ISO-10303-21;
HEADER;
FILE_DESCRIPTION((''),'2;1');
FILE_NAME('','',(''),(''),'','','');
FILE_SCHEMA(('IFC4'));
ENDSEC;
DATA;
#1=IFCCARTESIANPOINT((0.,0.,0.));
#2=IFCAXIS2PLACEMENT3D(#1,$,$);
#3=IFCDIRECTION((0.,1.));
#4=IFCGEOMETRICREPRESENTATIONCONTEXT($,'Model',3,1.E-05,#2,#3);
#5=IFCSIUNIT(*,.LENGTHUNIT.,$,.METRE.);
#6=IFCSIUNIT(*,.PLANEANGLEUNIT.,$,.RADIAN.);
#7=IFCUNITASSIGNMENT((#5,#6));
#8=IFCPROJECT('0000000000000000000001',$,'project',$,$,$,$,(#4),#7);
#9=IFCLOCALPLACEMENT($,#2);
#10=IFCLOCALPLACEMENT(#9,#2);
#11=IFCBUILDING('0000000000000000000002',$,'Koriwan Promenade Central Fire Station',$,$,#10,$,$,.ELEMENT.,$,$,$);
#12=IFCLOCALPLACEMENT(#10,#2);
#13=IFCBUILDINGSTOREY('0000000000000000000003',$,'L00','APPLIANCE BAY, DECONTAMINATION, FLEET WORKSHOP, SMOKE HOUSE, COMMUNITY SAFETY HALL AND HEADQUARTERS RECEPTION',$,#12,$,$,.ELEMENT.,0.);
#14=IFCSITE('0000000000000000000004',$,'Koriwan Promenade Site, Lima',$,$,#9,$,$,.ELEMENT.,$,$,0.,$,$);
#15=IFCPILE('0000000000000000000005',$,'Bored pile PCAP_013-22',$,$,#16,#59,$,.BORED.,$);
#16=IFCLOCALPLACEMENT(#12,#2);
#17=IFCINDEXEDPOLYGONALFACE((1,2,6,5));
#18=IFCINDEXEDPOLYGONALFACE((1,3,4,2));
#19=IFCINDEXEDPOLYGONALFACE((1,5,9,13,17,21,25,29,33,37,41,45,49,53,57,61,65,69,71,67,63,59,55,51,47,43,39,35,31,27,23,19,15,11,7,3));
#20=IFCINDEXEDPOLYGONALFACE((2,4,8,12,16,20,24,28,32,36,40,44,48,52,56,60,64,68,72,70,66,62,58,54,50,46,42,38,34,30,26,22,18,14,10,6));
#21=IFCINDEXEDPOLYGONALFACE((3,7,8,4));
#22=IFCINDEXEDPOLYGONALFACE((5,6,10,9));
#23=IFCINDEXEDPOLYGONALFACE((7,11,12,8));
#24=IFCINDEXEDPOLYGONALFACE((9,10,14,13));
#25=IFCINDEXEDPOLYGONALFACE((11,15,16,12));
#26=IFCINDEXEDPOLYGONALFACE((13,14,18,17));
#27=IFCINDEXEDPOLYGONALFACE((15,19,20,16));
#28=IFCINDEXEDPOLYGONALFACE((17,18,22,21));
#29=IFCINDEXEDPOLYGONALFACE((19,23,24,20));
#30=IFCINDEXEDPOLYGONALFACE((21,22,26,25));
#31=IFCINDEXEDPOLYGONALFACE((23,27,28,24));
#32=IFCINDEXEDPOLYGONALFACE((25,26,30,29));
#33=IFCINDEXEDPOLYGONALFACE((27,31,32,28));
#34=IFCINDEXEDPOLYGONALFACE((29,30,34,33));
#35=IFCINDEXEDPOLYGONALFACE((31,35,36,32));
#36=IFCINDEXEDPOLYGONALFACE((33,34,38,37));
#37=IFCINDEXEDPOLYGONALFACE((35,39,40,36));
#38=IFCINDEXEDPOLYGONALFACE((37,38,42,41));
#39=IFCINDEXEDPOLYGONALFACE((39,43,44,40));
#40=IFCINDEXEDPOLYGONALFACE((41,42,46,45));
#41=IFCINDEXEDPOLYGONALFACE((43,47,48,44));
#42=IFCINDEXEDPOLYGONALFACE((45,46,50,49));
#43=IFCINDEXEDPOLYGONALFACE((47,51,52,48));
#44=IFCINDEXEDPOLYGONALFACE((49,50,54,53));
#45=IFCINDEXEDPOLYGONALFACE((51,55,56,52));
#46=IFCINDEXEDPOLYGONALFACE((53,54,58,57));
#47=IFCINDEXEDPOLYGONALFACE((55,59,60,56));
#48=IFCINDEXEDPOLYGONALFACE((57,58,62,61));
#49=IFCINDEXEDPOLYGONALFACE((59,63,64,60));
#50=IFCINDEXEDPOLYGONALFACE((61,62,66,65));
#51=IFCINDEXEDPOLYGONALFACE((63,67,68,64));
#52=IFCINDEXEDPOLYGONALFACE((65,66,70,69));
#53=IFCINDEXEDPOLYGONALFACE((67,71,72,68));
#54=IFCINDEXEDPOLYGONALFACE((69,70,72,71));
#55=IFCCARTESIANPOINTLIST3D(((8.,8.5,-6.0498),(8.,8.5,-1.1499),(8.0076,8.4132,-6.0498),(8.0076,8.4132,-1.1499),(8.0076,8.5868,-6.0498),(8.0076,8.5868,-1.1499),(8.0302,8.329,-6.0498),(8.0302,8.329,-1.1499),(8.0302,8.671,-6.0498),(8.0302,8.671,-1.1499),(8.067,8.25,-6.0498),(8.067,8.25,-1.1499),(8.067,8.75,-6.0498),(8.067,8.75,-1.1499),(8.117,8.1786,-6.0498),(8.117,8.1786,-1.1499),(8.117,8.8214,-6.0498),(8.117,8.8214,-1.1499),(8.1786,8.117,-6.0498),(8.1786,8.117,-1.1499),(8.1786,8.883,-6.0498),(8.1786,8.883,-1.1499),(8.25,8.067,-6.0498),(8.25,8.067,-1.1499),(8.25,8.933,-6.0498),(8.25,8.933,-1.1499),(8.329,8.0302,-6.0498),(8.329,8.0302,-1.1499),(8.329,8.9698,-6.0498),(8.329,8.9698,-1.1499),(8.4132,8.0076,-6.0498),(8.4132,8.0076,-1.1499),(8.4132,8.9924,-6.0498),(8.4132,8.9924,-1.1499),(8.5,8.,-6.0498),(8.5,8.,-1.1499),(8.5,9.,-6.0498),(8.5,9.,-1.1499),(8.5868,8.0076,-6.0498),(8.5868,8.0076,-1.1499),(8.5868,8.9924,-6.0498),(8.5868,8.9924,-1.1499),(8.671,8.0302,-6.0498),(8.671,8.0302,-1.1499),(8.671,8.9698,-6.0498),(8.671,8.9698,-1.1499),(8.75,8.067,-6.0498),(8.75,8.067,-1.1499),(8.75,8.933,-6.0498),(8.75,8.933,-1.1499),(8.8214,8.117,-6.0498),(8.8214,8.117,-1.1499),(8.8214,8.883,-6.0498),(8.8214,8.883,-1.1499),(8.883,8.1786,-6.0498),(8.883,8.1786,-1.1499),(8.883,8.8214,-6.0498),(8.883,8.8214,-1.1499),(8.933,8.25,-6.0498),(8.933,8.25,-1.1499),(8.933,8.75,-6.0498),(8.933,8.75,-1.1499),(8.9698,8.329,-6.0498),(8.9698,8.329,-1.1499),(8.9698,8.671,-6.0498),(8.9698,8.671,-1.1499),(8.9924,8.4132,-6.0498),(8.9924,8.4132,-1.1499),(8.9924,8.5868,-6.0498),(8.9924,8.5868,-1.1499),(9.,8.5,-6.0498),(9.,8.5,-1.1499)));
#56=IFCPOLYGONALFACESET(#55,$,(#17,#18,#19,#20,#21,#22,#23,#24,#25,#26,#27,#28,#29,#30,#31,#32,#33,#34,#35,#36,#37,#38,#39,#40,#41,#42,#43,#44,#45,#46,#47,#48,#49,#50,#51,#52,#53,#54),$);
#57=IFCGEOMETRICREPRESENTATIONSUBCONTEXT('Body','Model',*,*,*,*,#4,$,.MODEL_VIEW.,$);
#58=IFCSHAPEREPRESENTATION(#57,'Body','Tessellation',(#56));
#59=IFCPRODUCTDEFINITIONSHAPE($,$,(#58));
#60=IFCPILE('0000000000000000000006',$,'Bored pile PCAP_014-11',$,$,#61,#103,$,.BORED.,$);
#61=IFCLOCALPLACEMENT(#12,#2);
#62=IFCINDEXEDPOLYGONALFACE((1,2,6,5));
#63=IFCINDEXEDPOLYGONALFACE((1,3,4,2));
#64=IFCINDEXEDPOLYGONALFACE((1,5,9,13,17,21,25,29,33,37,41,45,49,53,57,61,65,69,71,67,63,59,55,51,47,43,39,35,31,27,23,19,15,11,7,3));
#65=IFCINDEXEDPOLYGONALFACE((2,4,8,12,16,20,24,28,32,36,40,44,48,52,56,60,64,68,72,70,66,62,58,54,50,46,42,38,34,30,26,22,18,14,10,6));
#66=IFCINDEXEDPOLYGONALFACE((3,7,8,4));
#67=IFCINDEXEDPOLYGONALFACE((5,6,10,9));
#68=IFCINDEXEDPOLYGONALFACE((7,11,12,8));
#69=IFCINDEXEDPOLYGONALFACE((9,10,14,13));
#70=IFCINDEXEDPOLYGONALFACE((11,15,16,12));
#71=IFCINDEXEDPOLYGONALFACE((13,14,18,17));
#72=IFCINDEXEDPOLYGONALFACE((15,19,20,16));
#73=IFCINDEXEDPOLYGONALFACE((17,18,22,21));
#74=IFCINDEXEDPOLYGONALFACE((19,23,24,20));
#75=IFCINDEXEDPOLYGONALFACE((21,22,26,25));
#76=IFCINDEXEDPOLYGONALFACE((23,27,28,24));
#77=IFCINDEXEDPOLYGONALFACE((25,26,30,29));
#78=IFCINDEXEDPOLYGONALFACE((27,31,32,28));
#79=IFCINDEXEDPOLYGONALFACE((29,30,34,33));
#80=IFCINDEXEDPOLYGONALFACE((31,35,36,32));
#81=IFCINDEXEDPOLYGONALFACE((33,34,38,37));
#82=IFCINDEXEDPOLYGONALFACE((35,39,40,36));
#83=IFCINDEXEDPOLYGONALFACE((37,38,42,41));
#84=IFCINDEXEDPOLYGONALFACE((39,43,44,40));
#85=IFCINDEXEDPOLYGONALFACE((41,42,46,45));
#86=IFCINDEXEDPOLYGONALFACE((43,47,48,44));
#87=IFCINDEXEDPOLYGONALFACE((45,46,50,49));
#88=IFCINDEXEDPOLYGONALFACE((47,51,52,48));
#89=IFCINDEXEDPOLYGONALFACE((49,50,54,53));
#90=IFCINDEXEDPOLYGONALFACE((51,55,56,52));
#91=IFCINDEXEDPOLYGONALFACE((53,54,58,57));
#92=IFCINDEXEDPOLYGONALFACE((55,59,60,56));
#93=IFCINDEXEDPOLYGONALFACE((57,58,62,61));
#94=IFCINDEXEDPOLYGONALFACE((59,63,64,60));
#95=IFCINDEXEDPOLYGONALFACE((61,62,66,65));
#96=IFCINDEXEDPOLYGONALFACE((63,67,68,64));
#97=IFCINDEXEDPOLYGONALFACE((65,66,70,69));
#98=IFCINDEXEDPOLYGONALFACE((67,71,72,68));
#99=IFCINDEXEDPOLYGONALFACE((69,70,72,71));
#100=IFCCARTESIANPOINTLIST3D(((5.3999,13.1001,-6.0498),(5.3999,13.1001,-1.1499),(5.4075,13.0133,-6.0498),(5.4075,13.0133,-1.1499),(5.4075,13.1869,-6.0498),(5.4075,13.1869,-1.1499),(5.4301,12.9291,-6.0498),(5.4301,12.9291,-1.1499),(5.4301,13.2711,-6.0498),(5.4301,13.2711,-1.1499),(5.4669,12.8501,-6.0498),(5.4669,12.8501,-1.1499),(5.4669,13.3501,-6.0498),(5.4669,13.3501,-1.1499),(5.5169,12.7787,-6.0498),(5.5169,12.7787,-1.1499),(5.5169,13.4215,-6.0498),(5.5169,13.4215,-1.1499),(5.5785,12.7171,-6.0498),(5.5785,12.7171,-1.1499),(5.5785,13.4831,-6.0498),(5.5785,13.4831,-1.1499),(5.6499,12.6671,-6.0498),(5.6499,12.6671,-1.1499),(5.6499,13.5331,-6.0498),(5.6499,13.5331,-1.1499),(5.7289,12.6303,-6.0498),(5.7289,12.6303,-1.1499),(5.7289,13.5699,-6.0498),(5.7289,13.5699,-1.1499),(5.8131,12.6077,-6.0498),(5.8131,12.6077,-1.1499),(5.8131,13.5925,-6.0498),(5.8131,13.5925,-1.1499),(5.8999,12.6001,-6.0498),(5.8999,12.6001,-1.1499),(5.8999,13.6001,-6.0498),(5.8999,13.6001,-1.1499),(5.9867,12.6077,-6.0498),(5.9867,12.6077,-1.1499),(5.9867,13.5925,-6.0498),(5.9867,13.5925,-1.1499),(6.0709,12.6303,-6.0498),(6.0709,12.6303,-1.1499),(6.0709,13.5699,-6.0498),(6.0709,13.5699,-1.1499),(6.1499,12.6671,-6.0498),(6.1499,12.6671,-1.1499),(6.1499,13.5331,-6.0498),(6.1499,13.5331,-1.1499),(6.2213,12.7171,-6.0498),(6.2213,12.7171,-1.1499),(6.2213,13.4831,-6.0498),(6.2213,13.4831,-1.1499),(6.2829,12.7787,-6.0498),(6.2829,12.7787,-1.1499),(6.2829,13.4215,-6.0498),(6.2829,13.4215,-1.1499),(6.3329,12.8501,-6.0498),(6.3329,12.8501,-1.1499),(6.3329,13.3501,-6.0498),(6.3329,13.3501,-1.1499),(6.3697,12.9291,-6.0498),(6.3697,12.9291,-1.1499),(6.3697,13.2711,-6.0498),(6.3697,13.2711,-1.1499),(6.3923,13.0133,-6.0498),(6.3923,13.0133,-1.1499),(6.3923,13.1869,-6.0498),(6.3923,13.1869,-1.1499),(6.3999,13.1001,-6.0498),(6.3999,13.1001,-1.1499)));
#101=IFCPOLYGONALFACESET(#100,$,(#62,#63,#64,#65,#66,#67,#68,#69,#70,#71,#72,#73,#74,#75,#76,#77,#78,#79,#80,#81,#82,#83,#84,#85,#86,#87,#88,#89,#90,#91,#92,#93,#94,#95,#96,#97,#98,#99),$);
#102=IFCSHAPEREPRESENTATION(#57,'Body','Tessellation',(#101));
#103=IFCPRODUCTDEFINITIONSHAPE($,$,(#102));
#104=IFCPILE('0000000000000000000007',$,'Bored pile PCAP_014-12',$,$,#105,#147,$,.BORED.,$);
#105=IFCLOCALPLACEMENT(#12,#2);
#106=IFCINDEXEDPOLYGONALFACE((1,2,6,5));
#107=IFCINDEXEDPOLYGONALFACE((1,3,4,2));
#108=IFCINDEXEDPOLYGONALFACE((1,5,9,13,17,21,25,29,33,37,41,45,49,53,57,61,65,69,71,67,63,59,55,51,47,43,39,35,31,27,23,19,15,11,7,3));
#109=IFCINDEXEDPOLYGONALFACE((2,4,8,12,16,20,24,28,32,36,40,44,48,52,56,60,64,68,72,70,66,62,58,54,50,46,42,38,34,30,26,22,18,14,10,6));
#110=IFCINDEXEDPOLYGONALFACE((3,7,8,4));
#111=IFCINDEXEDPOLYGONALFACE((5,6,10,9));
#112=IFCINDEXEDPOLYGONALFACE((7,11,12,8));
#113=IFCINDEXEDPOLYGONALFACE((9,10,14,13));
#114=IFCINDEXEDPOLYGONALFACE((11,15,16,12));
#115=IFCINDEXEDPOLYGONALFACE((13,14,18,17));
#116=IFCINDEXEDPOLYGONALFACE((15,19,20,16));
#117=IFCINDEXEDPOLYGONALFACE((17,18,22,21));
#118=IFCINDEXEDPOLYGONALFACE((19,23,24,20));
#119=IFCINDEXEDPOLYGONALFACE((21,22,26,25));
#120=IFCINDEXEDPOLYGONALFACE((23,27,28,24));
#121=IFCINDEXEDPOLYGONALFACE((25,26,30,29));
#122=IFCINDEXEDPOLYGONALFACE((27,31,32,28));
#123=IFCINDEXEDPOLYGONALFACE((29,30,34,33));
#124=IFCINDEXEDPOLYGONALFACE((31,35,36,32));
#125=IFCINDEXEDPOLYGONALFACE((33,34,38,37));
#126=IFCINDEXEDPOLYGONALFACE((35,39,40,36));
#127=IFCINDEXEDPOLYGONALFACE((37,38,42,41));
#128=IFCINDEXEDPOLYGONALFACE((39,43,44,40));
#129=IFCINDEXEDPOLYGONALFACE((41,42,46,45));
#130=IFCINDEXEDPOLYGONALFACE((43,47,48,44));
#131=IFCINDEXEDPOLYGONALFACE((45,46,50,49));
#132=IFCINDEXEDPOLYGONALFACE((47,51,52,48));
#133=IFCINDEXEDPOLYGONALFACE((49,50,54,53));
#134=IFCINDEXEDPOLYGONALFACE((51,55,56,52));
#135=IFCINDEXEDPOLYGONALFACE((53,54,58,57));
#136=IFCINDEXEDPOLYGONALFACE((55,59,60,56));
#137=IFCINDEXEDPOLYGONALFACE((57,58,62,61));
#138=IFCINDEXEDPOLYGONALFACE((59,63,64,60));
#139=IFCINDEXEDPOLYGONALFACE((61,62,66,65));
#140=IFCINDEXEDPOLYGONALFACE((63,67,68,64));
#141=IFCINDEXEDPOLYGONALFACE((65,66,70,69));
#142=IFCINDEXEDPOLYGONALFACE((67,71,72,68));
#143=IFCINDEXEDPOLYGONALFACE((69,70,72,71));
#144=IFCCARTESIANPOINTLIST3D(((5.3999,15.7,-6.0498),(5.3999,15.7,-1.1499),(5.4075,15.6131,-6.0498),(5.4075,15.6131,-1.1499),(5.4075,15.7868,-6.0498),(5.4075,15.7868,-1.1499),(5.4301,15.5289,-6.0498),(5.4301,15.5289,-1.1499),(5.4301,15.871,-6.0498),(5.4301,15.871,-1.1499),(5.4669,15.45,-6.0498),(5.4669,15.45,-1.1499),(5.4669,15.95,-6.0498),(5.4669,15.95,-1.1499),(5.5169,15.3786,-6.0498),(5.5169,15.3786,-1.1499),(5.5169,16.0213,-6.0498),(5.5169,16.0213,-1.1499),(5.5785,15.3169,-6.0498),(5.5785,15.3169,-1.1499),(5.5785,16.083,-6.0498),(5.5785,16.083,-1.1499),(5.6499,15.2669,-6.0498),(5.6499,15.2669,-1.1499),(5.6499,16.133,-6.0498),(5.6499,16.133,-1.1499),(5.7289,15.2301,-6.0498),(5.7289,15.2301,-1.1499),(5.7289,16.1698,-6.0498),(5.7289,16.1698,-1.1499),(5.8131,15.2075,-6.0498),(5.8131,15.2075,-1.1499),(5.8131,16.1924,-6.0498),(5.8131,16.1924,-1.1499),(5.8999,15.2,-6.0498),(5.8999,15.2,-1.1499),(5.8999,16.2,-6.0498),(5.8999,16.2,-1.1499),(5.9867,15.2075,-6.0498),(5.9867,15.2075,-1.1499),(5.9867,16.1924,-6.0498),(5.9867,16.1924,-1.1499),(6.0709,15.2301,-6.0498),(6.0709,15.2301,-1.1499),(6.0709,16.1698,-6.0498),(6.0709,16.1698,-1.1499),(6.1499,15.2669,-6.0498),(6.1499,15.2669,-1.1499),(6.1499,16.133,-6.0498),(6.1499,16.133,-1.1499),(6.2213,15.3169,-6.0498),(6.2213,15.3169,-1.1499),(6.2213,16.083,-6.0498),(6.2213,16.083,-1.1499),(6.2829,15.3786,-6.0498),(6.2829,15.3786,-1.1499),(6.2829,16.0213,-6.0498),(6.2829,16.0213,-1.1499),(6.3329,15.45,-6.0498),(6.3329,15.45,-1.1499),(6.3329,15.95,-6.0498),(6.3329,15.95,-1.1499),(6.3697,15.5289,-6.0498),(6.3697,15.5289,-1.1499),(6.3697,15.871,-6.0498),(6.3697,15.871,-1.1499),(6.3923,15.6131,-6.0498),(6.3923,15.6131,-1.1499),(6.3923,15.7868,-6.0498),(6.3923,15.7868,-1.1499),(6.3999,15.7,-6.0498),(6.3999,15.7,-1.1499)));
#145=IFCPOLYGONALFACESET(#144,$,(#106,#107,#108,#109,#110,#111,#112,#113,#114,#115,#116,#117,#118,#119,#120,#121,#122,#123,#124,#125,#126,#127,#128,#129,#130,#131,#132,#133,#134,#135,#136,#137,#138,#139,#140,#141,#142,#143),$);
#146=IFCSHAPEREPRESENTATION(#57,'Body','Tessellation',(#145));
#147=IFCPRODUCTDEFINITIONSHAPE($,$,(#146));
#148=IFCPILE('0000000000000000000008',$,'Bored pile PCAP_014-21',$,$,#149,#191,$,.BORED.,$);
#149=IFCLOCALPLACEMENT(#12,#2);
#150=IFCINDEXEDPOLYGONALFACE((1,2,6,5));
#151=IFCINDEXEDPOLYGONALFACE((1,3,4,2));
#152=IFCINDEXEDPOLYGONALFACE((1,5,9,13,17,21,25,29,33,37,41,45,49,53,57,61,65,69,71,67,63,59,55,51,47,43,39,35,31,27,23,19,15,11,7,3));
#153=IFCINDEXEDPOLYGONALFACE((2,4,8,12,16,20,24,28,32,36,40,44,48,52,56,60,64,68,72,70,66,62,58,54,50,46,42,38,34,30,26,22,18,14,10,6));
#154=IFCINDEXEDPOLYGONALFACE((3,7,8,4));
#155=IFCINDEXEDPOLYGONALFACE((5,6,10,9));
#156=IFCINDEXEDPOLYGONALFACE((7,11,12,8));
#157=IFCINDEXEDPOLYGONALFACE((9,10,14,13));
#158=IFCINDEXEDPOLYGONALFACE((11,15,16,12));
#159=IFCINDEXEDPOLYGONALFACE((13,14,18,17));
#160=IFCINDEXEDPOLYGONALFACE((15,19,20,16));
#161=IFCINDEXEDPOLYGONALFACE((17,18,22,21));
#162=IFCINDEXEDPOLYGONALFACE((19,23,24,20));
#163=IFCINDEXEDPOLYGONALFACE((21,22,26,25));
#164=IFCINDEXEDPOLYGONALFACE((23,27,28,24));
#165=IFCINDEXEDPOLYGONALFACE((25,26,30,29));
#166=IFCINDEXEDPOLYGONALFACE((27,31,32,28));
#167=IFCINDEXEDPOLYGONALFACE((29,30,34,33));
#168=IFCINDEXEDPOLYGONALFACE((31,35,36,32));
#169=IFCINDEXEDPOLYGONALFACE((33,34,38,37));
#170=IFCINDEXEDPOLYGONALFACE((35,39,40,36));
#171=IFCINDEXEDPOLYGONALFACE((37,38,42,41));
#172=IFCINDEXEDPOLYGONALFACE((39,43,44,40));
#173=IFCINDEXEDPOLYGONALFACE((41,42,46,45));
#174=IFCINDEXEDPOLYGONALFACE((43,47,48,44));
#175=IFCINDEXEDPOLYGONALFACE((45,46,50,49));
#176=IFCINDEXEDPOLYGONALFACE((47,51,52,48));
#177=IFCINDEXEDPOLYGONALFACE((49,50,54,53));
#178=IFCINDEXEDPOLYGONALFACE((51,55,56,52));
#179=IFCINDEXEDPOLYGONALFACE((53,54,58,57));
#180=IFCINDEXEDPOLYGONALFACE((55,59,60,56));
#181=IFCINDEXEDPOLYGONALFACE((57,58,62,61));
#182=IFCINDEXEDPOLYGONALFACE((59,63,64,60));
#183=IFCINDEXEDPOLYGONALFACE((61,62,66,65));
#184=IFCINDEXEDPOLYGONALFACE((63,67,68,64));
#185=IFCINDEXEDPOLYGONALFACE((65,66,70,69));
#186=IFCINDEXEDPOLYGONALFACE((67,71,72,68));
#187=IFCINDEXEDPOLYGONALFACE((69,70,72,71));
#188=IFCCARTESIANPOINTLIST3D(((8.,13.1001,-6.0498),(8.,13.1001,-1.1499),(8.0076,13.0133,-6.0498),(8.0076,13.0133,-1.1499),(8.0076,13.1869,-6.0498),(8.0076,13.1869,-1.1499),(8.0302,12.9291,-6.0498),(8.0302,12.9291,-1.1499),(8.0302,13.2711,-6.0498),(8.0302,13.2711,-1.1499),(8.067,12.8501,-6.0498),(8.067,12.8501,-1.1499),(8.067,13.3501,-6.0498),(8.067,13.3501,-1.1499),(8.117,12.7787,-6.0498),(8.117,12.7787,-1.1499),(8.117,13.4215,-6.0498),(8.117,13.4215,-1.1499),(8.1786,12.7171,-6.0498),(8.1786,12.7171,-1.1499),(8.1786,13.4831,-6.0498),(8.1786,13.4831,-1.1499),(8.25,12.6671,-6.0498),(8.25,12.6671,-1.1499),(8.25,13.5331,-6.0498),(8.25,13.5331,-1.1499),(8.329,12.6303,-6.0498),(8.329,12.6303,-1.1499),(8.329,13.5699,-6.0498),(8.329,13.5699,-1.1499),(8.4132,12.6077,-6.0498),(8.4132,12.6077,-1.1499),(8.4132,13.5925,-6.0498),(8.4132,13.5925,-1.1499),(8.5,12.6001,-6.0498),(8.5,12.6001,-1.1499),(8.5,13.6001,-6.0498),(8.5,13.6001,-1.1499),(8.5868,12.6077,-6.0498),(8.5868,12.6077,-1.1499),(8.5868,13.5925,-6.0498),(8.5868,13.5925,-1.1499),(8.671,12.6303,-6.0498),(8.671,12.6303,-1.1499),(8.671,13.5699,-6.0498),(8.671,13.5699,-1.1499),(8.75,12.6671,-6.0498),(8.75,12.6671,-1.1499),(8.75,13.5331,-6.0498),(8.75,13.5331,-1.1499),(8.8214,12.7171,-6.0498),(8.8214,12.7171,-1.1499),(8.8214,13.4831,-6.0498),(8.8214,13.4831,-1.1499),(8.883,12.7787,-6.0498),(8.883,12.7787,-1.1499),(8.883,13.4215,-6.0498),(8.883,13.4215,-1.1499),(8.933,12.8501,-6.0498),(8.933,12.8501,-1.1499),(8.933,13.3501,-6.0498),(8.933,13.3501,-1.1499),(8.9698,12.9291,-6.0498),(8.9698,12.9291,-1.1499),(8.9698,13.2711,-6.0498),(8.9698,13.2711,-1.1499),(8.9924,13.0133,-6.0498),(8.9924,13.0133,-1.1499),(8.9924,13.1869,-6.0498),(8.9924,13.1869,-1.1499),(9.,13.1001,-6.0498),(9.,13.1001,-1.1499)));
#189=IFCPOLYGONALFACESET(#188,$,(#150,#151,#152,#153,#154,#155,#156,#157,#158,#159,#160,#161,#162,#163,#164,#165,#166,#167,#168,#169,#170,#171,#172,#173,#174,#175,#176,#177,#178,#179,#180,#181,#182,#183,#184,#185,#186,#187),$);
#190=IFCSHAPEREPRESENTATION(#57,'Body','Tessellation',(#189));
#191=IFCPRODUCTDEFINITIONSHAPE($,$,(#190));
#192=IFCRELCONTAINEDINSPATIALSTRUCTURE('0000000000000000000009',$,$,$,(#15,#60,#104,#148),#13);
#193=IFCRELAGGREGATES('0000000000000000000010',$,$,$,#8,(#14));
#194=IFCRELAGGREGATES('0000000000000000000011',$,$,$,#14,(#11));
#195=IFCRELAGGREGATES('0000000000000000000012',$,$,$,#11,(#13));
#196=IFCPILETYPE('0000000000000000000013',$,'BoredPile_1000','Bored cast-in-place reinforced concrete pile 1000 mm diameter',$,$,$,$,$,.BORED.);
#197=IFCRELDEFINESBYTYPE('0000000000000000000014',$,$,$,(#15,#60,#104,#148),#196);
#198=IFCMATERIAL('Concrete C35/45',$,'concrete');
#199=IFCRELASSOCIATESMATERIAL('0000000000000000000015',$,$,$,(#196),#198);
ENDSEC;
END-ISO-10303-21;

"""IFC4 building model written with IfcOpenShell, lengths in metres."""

from ifc_helpers import new_model, si_unit, direction, frame, origin, origin_2d, place, context, subcontext, project, spatial, circle, extrude, material, material_profile, profile_set, type_object, element, save


model = new_model("IFC4")

# Units and contexts
model_context = context("Model", 3, precision=1e-05, world=origin(), true_north=direction((0.0, 1.0)))
body_context = subcontext(model_context, "Body", "Model", "MODEL_VIEW")
ifc_project = project(units=[si_unit("LENGTHUNIT", "METRE"), si_unit("PLANEANGLEUNIT", "RADIAN")], contexts=[model_context])

# Site, building, storey
site_placement = place(None, origin())
site = spatial("IfcSite", under=ifc_project, at=site_placement, Name="Koriwan Promenade Site, Lima", CompositionType="ELEMENT", RefElevation=0.0)
building_placement = place(site_placement, origin())
building = spatial("IfcBuilding", under=site, at=building_placement, Name="Koriwan Promenade Central Fire Station", CompositionType="ELEMENT")
storey_placement = place(building_placement, origin())
storey = spatial("IfcBuildingStorey", under=building, at=storey_placement, Name="L00", Description="APPLIANCE BAY, DECONTAMINATION, FLEET WORKSHOP, SMOKE HOUSE, COMMUNITY SAFETY HALL AND HEADQUARTERS RECEPTION", CompositionType="ELEMENT", Elevation=0.0)

# Piles
ifc_material_1 = material(Name="Concrete C35/45", Category="concrete")
ifc_material_profile_1 = material_profile(ifc_material_1, circle(Radius=0.5, at=origin_2d()), Name="PILE-D1000")
ifc_profile_set_1 = profile_set([ifc_material_profile_1], Name="Concrete C35/45")
pile_type = type_object("IfcPileType", Name="BoredPile_1000", Description="Bored cast-in-place reinforced concrete pile 1000 mm diameter", PredefinedType="BORED", material=ifc_profile_set_1)
for number, where, z_axis, x_axis, name in (
    (1, (8.5, 8.5, -1.1499), (0.0, 0.0, -1.0), (1.0, 0.0, 0.0), "Bored pile PCAP_013-22"),
    (2, (5.8999, 13.1001, -1.1499), (0.0, 0.0, -1.0), (1.0, 0.0, 0.0), "Bored pile PCAP_014-11"),
    (3, (5.8999, 15.7, -1.1499), (0.0, 0.0, -1.0), (1.0, 0.0, 0.0), "Bored pile PCAP_014-12"),
    (4, (8.5, 13.1001, -1.1499), (0.0, 0.0, -1.0), (1.0, 0.0, 0.0), "Bored pile PCAP_014-21"),
):
    element("IfcPile", number, at=place(storey_placement, frame(where, z_axis=z_axis, x_axis=x_axis)), inside=storey, type_object=pile_type, Name=name, PredefinedType="BORED", context=body_context, shape_type="SweptSolid", body=[
        extrude(circle(Radius=0.5, at=origin_2d()), origin(), (0.0, 0.0, 1.0), 4.8999),
    ])

save(model, "model.ifc")
